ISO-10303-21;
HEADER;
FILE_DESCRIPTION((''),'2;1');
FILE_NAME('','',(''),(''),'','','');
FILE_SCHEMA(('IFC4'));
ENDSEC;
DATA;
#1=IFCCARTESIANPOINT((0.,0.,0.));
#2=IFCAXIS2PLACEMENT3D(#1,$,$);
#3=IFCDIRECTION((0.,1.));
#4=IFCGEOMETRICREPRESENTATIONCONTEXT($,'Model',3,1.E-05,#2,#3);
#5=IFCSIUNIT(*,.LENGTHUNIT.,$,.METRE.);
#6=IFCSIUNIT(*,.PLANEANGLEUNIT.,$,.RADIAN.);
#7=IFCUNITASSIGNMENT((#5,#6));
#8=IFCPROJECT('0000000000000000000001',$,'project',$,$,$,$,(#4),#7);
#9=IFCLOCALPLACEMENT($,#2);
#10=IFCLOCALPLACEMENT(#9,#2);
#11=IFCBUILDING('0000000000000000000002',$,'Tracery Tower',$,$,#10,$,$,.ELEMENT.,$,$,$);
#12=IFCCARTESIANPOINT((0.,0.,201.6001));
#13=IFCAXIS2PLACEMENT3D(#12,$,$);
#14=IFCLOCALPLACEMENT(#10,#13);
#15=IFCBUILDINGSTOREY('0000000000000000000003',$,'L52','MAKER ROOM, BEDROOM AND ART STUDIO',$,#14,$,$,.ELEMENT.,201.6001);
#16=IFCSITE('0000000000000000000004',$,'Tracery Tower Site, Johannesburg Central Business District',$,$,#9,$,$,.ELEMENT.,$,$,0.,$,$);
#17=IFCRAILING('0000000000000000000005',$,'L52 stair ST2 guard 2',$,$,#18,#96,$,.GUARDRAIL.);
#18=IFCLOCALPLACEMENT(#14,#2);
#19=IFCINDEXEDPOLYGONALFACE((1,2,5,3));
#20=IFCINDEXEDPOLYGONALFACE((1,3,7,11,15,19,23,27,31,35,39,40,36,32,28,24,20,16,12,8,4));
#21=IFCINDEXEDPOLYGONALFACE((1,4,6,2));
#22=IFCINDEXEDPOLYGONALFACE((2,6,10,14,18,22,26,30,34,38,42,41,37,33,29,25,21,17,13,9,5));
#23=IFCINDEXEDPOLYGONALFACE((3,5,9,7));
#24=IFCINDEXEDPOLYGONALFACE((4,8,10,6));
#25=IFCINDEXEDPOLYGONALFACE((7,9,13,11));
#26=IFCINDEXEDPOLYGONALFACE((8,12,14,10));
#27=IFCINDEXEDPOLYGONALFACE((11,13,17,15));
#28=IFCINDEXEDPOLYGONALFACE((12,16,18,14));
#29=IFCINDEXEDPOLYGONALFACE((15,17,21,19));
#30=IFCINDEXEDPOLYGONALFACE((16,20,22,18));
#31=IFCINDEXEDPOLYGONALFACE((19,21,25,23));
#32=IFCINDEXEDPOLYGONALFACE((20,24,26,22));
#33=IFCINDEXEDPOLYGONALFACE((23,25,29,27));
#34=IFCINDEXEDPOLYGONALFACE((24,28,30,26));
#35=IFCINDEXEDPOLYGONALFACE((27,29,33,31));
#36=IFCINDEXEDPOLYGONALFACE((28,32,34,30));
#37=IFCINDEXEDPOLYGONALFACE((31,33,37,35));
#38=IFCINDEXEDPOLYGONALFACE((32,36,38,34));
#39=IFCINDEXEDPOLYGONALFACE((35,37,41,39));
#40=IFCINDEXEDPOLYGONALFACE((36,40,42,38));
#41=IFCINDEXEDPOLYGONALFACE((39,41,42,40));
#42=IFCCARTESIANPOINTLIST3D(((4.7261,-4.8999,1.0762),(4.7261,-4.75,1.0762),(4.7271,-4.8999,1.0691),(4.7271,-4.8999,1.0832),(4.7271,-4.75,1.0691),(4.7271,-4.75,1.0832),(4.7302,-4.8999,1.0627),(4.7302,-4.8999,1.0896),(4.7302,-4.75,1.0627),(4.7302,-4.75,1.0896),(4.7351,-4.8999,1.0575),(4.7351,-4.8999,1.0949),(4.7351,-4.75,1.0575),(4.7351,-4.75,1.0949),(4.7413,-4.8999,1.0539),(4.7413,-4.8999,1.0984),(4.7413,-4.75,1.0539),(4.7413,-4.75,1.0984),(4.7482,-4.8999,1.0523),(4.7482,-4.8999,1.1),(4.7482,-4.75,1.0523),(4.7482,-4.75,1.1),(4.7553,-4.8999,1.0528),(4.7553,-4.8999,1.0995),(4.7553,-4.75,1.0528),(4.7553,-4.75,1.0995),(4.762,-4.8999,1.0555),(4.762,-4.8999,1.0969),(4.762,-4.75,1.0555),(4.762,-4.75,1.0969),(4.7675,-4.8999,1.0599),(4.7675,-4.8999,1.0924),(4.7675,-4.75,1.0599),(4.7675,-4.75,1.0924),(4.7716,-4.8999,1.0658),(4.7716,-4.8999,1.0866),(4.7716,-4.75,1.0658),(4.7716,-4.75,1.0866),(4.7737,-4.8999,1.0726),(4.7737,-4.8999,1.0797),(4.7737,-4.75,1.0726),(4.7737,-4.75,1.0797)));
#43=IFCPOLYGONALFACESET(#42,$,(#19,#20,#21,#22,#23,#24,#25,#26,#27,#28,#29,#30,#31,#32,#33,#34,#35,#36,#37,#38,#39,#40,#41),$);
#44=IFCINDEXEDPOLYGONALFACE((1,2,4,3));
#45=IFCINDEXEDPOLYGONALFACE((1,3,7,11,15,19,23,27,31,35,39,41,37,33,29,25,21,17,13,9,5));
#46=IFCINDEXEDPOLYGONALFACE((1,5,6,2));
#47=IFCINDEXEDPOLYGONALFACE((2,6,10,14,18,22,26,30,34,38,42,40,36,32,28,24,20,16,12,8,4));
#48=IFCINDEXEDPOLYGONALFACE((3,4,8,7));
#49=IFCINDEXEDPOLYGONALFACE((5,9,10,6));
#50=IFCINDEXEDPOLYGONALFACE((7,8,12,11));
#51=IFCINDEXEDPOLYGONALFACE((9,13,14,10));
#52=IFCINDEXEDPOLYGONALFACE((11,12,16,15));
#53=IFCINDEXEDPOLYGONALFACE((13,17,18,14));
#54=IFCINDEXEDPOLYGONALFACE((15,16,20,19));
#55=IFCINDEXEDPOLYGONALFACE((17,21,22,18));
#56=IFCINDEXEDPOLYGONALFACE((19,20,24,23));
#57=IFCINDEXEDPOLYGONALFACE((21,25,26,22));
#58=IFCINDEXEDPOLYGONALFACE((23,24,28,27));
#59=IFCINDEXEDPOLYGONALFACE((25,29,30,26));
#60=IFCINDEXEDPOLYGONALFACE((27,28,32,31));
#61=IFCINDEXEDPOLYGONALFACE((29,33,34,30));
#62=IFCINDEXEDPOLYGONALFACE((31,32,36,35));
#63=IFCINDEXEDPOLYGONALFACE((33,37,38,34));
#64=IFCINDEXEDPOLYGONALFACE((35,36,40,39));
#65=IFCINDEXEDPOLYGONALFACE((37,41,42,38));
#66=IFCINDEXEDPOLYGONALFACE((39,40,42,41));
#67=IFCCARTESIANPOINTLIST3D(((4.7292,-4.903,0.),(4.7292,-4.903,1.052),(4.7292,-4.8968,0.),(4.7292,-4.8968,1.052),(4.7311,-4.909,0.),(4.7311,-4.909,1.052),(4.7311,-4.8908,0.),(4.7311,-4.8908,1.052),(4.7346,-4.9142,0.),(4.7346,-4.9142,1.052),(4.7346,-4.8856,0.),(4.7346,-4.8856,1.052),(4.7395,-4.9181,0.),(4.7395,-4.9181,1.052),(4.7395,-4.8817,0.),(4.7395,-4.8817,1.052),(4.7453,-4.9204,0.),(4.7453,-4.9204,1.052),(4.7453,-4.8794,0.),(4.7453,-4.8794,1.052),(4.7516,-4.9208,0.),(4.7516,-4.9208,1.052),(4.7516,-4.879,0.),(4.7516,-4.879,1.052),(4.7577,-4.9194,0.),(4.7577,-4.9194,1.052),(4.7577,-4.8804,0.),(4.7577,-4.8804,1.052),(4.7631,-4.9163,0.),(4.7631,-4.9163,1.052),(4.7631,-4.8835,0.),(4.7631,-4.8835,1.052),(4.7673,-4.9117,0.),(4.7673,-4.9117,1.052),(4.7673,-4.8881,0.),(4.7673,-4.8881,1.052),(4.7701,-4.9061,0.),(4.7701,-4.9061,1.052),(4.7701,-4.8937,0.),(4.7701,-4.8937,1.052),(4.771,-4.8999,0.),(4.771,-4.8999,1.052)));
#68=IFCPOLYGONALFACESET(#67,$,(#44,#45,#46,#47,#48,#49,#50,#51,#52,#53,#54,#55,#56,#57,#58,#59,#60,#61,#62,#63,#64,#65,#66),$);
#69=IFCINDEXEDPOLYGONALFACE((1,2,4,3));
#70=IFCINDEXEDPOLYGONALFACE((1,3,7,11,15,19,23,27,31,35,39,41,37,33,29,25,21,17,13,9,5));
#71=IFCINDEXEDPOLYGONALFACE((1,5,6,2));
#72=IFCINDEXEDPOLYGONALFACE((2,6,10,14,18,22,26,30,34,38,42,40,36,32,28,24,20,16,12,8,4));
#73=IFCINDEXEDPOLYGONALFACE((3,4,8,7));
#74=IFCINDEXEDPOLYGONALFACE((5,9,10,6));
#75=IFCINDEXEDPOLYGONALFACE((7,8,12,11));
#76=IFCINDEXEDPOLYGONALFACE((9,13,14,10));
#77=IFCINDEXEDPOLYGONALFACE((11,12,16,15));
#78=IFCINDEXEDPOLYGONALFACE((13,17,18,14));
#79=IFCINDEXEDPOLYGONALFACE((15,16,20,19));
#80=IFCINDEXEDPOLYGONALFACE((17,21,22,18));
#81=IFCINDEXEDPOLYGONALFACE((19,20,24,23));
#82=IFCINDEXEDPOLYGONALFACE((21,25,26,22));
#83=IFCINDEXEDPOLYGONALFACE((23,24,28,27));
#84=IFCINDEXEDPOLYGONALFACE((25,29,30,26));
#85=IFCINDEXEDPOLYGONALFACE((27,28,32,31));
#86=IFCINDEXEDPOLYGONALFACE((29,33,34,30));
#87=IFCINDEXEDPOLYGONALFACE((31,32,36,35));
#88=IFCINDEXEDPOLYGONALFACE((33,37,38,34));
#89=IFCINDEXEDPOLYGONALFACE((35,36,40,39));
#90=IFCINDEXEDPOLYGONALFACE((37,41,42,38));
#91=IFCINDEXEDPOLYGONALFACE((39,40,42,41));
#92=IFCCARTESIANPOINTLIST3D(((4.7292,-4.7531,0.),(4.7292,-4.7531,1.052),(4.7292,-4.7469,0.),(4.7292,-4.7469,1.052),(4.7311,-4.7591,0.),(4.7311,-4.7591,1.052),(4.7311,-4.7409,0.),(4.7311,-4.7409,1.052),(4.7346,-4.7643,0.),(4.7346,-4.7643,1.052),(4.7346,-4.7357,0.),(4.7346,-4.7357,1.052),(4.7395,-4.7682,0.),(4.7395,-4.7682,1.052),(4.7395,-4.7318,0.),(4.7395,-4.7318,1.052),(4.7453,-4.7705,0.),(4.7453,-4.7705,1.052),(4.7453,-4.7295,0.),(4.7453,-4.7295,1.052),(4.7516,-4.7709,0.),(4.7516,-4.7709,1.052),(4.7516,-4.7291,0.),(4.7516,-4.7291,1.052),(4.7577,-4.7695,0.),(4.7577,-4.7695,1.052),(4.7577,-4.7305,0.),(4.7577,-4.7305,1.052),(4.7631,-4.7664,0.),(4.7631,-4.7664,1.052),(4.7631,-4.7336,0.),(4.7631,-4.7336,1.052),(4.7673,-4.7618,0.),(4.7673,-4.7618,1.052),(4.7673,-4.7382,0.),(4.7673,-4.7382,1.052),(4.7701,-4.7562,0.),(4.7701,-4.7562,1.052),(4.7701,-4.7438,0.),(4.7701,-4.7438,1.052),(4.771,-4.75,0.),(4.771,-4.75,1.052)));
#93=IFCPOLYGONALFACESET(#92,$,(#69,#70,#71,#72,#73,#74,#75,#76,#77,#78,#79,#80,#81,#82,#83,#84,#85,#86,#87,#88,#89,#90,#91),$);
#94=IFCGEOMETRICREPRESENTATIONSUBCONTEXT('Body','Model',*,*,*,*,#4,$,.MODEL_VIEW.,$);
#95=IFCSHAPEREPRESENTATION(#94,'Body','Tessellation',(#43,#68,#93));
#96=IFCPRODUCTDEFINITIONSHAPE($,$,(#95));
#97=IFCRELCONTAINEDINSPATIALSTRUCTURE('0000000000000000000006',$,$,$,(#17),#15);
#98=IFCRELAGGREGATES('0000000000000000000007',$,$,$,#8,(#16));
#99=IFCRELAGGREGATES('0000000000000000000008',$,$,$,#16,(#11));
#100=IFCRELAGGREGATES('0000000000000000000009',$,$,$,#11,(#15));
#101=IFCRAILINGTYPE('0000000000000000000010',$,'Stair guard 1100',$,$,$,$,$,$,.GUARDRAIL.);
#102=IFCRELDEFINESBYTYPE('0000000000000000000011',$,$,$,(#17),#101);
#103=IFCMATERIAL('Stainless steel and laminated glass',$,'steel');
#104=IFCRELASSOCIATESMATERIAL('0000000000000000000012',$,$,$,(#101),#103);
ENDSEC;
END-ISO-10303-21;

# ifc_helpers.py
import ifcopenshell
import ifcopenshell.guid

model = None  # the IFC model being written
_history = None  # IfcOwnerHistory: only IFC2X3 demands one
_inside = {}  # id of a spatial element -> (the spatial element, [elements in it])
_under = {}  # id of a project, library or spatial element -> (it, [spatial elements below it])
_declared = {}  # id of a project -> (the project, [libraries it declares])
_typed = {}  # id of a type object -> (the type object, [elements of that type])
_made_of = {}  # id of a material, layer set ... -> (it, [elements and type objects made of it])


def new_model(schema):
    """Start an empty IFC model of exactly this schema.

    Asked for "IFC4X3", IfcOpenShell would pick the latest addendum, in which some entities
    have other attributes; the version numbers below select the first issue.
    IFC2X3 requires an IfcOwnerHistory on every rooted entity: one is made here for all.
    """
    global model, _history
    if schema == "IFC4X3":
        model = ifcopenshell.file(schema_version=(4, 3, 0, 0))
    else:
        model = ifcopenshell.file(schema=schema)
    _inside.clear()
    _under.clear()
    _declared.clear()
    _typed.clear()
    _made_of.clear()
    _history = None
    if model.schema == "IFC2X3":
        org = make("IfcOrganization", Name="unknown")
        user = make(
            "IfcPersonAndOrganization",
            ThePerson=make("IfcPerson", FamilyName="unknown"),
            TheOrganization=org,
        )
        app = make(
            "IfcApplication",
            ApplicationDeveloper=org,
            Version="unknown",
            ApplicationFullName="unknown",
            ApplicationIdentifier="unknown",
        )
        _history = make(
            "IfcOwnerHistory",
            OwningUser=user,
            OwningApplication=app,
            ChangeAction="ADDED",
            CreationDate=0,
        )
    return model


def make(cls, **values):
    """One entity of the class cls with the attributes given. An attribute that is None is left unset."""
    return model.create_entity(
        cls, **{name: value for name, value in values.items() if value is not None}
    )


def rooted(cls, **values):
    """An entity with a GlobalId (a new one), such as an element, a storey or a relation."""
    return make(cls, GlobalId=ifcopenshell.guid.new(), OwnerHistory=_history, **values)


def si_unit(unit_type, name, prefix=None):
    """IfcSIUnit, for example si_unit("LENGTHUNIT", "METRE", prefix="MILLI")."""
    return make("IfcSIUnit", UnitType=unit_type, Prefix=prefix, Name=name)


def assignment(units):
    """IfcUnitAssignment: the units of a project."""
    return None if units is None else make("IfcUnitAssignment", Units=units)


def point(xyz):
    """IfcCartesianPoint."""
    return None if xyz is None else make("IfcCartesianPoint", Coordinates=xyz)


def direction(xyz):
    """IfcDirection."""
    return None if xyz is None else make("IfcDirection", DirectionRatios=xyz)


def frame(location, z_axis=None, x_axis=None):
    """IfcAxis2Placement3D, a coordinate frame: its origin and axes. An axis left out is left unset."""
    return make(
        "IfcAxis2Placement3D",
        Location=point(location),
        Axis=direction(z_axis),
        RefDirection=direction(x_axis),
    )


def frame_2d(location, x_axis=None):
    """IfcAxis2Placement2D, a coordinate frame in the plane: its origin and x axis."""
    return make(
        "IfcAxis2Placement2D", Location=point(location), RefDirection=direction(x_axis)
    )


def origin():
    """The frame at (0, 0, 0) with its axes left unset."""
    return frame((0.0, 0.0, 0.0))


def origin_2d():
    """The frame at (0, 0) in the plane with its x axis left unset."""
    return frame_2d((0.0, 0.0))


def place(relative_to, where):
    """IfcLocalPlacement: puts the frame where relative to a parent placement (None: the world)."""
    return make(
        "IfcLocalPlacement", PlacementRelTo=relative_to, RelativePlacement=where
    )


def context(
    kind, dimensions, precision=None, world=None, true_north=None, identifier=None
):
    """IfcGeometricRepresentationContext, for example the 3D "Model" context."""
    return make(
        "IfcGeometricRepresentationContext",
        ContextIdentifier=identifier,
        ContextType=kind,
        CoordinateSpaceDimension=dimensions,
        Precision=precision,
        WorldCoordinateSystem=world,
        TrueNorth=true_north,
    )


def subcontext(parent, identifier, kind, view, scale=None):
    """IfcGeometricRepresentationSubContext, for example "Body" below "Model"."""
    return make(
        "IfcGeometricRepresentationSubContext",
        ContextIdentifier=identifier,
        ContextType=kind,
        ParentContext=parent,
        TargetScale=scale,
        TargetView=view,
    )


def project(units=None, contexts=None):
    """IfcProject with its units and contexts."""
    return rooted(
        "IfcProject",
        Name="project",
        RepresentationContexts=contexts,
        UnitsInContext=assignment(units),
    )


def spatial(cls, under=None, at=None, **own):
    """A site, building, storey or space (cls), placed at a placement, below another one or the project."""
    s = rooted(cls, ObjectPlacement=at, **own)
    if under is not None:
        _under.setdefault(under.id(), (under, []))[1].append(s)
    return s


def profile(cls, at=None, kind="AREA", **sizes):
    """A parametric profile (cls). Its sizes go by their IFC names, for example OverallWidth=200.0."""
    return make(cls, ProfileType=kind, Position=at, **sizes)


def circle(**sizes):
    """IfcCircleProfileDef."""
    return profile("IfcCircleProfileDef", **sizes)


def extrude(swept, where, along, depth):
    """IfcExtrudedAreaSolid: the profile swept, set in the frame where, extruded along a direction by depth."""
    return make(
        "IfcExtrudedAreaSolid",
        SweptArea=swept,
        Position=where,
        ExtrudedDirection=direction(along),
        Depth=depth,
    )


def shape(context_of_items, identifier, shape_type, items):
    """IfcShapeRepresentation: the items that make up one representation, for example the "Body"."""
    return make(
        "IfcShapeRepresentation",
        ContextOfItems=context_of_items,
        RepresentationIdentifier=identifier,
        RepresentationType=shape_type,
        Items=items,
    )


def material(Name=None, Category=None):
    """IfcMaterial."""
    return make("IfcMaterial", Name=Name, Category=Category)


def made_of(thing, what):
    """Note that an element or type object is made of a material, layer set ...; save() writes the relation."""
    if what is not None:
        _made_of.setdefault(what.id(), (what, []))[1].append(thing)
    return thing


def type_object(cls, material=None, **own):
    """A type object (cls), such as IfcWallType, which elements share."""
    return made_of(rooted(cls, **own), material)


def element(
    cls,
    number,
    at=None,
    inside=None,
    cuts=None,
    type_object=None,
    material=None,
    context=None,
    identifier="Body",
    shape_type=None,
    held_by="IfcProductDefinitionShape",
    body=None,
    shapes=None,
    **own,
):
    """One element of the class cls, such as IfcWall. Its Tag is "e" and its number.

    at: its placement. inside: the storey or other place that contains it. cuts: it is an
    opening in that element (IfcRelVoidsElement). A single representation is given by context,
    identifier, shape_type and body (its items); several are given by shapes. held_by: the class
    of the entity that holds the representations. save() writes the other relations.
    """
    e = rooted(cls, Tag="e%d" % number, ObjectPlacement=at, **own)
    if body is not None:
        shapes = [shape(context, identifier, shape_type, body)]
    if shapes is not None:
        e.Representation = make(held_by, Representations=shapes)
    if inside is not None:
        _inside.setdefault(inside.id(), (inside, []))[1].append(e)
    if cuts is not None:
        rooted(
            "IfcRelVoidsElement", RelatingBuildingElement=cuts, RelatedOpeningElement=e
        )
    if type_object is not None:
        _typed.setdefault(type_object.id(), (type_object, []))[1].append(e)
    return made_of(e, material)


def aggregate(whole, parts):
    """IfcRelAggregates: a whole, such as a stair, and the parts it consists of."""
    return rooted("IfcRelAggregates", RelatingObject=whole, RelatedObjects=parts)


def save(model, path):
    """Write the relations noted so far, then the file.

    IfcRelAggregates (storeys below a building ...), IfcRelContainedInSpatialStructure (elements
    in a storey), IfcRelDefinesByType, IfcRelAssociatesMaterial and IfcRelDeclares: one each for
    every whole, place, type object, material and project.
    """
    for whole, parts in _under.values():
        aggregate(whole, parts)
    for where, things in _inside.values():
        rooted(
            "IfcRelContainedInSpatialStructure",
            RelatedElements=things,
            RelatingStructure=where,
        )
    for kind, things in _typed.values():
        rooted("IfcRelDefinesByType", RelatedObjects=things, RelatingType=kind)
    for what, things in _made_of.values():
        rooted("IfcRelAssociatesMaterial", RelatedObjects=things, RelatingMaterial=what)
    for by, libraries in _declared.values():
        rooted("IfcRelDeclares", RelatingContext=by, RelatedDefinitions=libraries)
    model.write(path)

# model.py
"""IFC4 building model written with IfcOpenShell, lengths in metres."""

from ifc_helpers import new_model, si_unit, direction, frame, origin, origin_2d, place, context, subcontext, project, spatial, circle, extrude, material, type_object, element, save


model = new_model("IFC4")

# Units and contexts
model_context = context("Model", 3, precision=1e-05, world=origin(), true_north=direction((0.0, 1.0)))
body_context = subcontext(model_context, "Body", "Model", "MODEL_VIEW")
ifc_project = project(units=[si_unit("LENGTHUNIT", "METRE"), si_unit("PLANEANGLEUNIT", "RADIAN")], contexts=[model_context])

# Site, building, storey
site_placement = place(None, origin())
site = spatial("IfcSite", under=ifc_project, at=site_placement, Name="Tracery Tower Site, Johannesburg Central Business District", CompositionType="ELEMENT", RefElevation=0.0)
building_placement = place(site_placement, origin())
building = spatial("IfcBuilding", under=site, at=building_placement, Name="Tracery Tower", CompositionType="ELEMENT")
storey_placement = place(building_placement, frame((0.0, 0.0, 201.6001)))
storey = spatial("IfcBuildingStorey", under=building, at=storey_placement, Name="L52", Description="MAKER ROOM, BEDROOM AND ART STUDIO", CompositionType="ELEMENT", Elevation=201.6001)

# Railing
ifc_material_1 = material(Name="Stainless steel and laminated glass", Category="steel")
railing_type_1 = type_object("IfcRailingType", Name="Stair guard 1100", PredefinedType="GUARDRAIL", material=ifc_material_1)
railing_1_placement = place(storey_placement, frame((4.75, -4.8999, 0.0)))
element("IfcRailing", 1, at=railing_1_placement, inside=storey, type_object=railing_type_1, Name="L52 stair ST2 guard 2", PredefinedType="GUARDRAIL", context=body_context, shape_type="SweptSolid", body=[
    extrude(circle(Radius=0.0239, at=origin_2d()), frame((0.0, 0.0, 1.0762), z_axis=(0.0, 1.0, 0.0), x_axis=(-1.0, 0.0, 0.0)), (0.0, 0.0, 1.0), 0.1499),
    extrude(circle(Radius=0.021, at=origin_2d()), origin(), (0.0, 0.0, 1.0), 1.052),
    extrude(circle(Radius=0.021, at=origin_2d()), frame((0.0, 0.1499, 0.0)), (0.0, 0.0, 1.0), 1.052),
])

save(model, "model.ifc")
